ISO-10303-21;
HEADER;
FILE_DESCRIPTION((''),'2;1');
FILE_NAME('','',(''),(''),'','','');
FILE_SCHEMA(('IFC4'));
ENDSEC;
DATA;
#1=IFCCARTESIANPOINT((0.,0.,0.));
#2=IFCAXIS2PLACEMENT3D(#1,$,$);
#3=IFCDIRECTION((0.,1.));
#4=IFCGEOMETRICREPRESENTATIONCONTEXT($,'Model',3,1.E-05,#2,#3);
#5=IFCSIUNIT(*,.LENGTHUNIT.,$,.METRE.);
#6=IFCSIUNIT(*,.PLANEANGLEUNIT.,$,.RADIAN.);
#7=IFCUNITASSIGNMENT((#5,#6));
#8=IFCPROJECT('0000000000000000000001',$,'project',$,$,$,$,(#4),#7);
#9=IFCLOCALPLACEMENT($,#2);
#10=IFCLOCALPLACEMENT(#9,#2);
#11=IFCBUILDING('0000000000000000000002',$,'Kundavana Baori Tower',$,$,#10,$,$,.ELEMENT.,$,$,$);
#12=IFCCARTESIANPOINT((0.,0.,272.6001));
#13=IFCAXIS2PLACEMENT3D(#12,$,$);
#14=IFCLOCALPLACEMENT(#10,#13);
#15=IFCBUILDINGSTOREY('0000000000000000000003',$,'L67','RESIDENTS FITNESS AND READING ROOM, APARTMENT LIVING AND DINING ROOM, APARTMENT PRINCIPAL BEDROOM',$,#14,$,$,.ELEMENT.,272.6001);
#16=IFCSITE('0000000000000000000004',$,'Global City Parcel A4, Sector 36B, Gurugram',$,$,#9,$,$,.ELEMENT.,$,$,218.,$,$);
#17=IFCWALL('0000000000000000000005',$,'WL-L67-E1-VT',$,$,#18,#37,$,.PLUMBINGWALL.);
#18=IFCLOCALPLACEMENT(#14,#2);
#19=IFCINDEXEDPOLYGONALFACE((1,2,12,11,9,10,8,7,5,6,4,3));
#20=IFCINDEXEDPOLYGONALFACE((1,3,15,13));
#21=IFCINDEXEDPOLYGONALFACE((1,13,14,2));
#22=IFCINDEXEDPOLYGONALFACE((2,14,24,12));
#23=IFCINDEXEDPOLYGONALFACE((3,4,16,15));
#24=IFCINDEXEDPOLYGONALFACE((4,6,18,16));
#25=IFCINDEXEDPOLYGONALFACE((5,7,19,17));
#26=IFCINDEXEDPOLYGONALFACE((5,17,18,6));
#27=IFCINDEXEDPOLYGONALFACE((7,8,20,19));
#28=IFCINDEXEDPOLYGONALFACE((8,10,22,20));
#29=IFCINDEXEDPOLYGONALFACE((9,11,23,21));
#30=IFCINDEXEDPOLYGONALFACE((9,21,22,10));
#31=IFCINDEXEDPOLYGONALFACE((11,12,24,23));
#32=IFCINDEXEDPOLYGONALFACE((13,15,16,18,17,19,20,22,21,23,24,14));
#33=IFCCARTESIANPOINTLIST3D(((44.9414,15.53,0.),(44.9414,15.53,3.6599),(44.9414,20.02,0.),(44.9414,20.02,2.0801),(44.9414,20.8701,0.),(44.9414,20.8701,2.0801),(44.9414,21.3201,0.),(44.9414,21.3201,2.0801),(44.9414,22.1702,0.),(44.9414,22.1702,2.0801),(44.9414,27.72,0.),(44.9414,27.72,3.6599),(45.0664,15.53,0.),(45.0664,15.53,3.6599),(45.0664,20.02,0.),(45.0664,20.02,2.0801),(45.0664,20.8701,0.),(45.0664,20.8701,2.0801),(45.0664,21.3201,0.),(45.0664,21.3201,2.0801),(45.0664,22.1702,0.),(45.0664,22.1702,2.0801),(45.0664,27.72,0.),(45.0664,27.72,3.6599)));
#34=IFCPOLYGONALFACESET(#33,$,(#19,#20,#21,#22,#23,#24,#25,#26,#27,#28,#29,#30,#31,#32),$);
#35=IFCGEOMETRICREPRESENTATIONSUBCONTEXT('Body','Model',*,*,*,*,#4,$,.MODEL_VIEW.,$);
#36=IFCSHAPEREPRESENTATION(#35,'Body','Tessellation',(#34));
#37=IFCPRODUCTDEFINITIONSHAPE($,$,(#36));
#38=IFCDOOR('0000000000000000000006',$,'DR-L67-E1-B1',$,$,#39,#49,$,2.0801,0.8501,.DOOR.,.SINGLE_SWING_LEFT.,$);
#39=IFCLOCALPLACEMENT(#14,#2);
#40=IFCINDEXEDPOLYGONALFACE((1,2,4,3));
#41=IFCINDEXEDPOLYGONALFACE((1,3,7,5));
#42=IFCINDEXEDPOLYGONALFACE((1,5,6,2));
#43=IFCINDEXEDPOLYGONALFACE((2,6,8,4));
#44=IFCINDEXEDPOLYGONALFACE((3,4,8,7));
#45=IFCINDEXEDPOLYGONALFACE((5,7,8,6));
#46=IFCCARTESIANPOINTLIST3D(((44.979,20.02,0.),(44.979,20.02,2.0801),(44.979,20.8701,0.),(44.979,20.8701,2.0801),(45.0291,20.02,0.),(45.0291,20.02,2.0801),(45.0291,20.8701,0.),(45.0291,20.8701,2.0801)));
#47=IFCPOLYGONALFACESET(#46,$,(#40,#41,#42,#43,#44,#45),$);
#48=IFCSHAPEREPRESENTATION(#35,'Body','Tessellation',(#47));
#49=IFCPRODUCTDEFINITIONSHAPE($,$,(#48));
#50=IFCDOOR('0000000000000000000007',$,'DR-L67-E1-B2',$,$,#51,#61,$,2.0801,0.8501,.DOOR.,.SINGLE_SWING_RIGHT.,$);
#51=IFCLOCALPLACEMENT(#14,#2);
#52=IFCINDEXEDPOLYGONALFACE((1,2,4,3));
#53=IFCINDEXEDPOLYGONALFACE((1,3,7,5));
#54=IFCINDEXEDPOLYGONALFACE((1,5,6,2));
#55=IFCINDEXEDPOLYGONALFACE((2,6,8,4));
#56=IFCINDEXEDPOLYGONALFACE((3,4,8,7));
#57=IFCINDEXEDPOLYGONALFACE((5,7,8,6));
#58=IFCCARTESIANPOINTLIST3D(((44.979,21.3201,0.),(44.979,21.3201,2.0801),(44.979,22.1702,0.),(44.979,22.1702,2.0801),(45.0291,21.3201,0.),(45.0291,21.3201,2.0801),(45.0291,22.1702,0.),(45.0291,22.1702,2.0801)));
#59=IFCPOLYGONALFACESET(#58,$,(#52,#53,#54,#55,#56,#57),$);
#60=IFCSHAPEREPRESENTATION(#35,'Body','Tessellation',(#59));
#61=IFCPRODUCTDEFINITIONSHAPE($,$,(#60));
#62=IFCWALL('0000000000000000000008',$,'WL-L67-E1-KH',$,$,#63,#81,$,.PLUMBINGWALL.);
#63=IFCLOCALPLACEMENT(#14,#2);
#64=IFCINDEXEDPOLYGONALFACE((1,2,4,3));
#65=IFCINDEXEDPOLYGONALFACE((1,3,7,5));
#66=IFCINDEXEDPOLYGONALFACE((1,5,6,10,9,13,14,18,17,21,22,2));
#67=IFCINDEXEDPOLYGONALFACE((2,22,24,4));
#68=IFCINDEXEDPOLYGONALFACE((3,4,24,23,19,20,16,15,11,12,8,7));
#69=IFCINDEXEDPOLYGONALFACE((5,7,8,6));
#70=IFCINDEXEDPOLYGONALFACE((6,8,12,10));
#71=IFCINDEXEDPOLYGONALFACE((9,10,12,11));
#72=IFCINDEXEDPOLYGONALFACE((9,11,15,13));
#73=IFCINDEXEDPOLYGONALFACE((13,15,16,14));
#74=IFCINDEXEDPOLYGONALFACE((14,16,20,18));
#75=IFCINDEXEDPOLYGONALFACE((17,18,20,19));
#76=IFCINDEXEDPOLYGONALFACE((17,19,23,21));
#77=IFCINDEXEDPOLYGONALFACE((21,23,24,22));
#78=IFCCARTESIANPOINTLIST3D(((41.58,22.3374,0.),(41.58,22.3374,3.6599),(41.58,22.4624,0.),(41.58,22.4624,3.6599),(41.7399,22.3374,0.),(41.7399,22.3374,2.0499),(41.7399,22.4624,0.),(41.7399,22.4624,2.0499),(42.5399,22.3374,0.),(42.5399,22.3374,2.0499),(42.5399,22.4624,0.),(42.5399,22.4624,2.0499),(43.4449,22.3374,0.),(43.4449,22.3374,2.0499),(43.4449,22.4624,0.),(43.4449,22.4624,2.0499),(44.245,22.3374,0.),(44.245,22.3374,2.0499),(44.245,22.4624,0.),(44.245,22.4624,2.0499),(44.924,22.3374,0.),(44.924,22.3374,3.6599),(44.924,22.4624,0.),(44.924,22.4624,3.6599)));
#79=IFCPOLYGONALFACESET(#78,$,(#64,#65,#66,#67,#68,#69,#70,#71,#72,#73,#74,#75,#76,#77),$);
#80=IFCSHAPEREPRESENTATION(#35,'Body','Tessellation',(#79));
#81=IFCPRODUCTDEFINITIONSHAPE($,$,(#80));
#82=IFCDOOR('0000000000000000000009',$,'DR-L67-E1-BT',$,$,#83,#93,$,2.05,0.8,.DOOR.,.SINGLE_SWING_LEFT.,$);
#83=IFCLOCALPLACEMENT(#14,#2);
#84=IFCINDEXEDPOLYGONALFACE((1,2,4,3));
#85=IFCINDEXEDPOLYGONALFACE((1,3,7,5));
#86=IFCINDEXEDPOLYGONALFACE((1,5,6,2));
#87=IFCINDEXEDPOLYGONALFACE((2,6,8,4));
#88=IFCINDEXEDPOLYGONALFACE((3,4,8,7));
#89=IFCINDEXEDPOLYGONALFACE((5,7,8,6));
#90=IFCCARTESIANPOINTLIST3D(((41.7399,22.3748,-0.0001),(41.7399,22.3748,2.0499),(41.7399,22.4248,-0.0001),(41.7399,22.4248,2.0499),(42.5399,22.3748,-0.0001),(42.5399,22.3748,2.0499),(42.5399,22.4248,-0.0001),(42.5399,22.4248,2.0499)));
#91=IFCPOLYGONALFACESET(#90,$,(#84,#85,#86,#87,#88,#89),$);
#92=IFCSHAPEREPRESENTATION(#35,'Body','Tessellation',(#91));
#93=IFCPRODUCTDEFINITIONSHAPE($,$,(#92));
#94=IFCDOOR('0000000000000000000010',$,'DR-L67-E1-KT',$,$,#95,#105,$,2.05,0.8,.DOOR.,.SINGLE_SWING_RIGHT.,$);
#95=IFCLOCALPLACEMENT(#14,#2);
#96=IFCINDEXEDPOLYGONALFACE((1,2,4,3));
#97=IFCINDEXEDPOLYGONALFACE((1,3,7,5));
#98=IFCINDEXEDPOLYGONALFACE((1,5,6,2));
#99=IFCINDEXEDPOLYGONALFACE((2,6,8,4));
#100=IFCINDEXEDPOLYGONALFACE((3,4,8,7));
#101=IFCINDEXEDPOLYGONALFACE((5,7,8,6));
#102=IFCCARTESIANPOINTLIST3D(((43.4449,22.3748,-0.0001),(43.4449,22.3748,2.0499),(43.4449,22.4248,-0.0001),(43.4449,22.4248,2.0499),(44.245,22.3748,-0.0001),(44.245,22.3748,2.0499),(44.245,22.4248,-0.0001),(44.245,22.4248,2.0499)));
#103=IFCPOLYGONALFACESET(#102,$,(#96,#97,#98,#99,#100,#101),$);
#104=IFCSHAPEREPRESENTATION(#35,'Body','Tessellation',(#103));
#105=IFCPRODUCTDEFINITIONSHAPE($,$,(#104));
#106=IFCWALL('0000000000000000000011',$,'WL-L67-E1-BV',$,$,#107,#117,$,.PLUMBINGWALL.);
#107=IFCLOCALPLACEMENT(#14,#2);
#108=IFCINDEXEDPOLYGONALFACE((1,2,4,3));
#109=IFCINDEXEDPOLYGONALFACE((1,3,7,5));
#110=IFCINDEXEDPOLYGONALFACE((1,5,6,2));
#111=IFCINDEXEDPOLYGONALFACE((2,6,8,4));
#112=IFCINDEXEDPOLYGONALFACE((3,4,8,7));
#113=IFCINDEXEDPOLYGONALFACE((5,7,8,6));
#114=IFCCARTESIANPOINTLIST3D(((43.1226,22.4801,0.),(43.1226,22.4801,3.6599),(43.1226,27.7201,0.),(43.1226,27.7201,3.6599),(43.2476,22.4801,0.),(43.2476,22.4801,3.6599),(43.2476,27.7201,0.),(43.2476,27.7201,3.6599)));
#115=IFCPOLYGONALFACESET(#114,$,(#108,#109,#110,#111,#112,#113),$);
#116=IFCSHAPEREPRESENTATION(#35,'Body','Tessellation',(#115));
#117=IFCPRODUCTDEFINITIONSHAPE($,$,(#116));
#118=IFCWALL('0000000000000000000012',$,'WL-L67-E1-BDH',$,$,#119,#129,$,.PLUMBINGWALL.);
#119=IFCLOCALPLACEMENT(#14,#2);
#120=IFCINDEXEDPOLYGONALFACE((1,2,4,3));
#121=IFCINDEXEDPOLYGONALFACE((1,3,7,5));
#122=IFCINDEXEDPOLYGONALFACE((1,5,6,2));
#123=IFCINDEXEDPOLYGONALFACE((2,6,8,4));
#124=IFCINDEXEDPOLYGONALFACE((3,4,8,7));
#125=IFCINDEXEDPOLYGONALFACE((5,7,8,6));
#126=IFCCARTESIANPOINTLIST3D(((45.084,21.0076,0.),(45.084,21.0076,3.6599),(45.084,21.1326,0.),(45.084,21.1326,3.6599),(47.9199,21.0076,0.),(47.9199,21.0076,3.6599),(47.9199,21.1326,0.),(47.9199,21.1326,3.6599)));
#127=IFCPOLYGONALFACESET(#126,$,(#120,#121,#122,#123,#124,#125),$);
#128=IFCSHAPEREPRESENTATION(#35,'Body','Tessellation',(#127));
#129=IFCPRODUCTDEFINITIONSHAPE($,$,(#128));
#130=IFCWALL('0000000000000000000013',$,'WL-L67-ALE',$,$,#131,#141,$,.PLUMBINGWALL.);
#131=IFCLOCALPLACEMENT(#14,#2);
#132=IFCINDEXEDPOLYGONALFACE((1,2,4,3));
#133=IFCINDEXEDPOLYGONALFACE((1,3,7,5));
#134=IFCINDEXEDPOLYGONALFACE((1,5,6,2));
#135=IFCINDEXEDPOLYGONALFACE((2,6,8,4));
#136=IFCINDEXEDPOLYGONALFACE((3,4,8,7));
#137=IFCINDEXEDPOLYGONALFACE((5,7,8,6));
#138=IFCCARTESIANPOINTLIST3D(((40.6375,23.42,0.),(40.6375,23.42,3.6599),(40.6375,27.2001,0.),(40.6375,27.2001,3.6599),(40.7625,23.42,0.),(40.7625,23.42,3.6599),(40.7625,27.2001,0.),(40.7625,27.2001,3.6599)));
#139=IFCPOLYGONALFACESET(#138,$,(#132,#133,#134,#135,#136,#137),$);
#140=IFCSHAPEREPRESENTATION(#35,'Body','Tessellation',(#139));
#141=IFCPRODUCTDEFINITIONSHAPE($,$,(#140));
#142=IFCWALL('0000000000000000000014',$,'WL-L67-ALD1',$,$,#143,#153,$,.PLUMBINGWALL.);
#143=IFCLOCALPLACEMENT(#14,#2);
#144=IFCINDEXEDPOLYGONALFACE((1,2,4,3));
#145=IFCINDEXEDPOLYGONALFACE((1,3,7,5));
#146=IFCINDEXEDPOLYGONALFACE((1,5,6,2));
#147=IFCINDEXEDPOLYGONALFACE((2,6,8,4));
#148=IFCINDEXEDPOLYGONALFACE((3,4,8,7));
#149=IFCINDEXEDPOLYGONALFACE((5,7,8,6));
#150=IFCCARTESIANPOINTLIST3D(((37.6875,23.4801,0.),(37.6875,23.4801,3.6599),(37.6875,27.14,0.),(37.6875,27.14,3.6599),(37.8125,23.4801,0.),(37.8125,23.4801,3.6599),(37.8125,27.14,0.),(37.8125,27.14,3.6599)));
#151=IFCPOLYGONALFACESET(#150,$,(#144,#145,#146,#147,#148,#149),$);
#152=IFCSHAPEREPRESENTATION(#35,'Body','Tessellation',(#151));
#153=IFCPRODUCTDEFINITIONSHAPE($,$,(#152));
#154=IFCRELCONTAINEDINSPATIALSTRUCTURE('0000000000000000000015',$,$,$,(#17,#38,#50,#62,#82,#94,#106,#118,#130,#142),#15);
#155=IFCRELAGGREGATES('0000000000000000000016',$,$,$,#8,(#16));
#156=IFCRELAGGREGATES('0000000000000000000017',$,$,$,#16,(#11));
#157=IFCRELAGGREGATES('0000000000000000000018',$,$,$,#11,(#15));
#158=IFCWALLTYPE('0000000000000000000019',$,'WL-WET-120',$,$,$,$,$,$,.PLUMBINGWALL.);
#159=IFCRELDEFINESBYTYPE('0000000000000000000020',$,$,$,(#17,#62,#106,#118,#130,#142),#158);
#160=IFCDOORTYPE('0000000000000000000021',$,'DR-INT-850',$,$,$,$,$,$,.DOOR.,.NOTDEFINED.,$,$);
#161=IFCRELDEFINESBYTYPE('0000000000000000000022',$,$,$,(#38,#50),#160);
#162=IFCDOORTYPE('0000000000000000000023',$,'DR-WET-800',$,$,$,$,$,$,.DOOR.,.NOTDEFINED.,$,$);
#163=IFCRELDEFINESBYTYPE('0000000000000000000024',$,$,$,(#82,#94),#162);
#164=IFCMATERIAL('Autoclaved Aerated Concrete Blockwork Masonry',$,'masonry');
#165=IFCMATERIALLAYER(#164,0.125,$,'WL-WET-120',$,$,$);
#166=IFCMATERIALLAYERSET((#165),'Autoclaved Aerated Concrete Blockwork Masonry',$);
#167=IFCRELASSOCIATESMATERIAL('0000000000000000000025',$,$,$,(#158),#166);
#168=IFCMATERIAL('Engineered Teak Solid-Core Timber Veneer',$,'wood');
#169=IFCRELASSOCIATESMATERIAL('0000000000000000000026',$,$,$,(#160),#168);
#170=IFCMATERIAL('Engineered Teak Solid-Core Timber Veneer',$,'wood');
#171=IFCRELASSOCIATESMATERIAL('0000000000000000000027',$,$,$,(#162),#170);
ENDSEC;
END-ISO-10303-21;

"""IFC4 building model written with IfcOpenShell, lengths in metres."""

from ifc_helpers import new_model, si_unit, direction, frame, frame_2d, origin, place, context, subcontext, project, spatial, rectangle, extrude, material, layer, layer_set, type_object, element, fill, save


model = new_model("IFC4")

# Units and contexts
model_context = context("Model", 3, precision=1e-05, world=origin(), true_north=direction((0.0, 1.0)))
body_context = subcontext(model_context, "Body", "Model", "MODEL_VIEW")
ifc_project = project(units=[si_unit("LENGTHUNIT", "METRE"), si_unit("PLANEANGLEUNIT", "RADIAN")], contexts=[model_context])

# Site, building, storey
site_placement = place(None, origin())
site = spatial("IfcSite", under=ifc_project, at=site_placement, Name="Global City Parcel A4, Sector 36B, Gurugram", CompositionType="ELEMENT", RefElevation=218.0)
building_placement = place(site_placement, origin())
building = spatial("IfcBuilding", under=site, at=building_placement, Name="Kundavana Baori Tower", CompositionType="ELEMENT")
storey_placement = place(building_placement, frame((0.0, 0.0, 272.6001)))
storey = spatial("IfcBuildingStorey", under=building, at=storey_placement, Name="L67", Description="RESIDENTS FITNESS AND READING ROOM, APARTMENT LIVING AND DINING ROOM, APARTMENT PRINCIPAL BEDROOM", CompositionType="ELEMENT", Elevation=272.6001)

# Shared definitions
ifc_material_1 = material(Name="Autoclaved Aerated Concrete Blockwork Masonry", Category="masonry")
ifc_layer = layer(ifc_material_1, 0.125, Name="WL-WET-120")
ifc_layer_set = layer_set([ifc_layer], Name="Autoclaved Aerated Concrete Blockwork Masonry")
wall_type = type_object("IfcWallType", Name="WL-WET-120", PredefinedType="PLUMBINGWALL", material=ifc_layer_set)
ifc_material_2 = material(Name="Engineered Teak Solid-Core Timber Veneer", Category="wood")
door_type_1 = type_object("IfcDoorType", Name="DR-INT-850", OperationType="NOTDEFINED", PredefinedType="DOOR", material=ifc_material_2)
ifc_material_3 = material(Name="Engineered Teak Solid-Core Timber Veneer", Category="wood")
door_type_2 = type_object("IfcDoorType", Name="DR-WET-800", OperationType="NOTDEFINED", PredefinedType="DOOR", material=ifc_material_3)

# Walls, openings, doors
wall_1_placement = place(storey_placement, frame((45.0039, 15.53, 0.0), z_axis=(0.0, 0.0, 1.0), x_axis=(0.0, 1.0, 0.0)))
wall_1 = element("IfcWall", 1, at=wall_1_placement, inside=storey, type_object=wall_type, Name="WL-L67-E1-VT", PredefinedType="PLUMBINGWALL", context=body_context, shape_type="SweptSolid", body=[
    extrude(rectangle(XDim=12.1899, YDim=0.125, at=frame_2d((6.095, 0.0))), origin(), (0.0, 0.0, 1.0), 3.6599),
])
opening_1_placement = place(wall_1_placement, frame((4.49, 0.0, 0.0)))
opening_1 = element("IfcOpeningElement", 2, at=opening_1_placement, cuts=wall_1, PredefinedType="OPENING", context=body_context, shape_type="SweptSolid", body=[
    extrude(rectangle(XDim=0.8501, YDim=2.0801, at=frame_2d((0.425, 1.04))), frame((0.0, 0.0725, 0.0), z_axis=(0.0, -1.0, 0.0), x_axis=(1.0, 0.0, 0.0)), (0.0, 0.0, 1.0), 0.145),
])
opening_2_placement = place(wall_1_placement, frame((5.79, 0.0, 0.0)))
opening_2 = element("IfcOpeningElement", 3, at=opening_2_placement, cuts=wall_1, PredefinedType="OPENING", context=body_context, shape_type="SweptSolid", body=[
    extrude(rectangle(XDim=0.8501, YDim=2.0801, at=frame_2d((0.425, 1.04))), frame((0.0, 0.0725, 0.0), z_axis=(0.0, -1.0, 0.0), x_axis=(1.0, 0.0, 0.0)), (0.0, 0.0, 1.0), 0.145),
])
door_1_placement = place(opening_1_placement, origin())
door_1 = element("IfcDoor", 4, at=door_1_placement, inside=storey, type_object=door_type_1, Name="DR-L67-E1-B1", OperationType="SINGLE_SWING_LEFT", OverallHeight=2.0801, OverallWidth=0.8501, PredefinedType="DOOR", context=body_context, shape_type="SweptSolid", body=[
    extrude(rectangle(XDim=0.8501, YDim=2.0801, at=frame_2d((0.425, 1.04))), frame((0.0, 0.0249, 0.0), z_axis=(0.0, -1.0, 0.0), x_axis=(1.0, 0.0, 0.0)), (0.0, 0.0, 1.0), 0.05),
])
fill(opening_1, door_1)
door_2_placement = place(opening_2_placement, origin())
door_2 = element("IfcDoor", 5, at=door_2_placement, inside=storey, type_object=door_type_1, Name="DR-L67-E1-B2", OperationType="SINGLE_SWING_RIGHT", OverallHeight=2.0801, OverallWidth=0.8501, PredefinedType="DOOR", context=body_context, shape_type="SweptSolid", body=[
    extrude(rectangle(XDim=0.8501, YDim=2.0801, at=frame_2d((0.425, 1.04))), frame((0.0, 0.0249, 0.0), z_axis=(0.0, -1.0, 0.0), x_axis=(1.0, 0.0, 0.0)), (0.0, 0.0, 1.0), 0.05),
])
fill(opening_2, door_2)
wall_2_placement = place(storey_placement, frame((41.5801, 22.3999, 0.0), z_axis=(0.0, 0.0, 1.0), x_axis=(1.0, 0.0, 0.0)))
wall_2 = element("IfcWall", 6, at=wall_2_placement, inside=storey, type_object=wall_type, Name="WL-L67-E1-KH", PredefinedType="PLUMBINGWALL", context=body_context, shape_type="SweptSolid", body=[
    extrude(rectangle(XDim=3.344, YDim=0.125, at=frame_2d((1.6719, 0.0))), origin(), (0.0, 0.0, 1.0), 3.6599),
])
opening_3_placement = place(wall_2_placement, frame((0.1599, 0.0, 0.0)))
opening_3 = element("IfcOpeningElement", 7, at=opening_3_placement, cuts=wall_2, PredefinedType="OPENING", context=body_context, shape_type="SweptSolid", body=[
    extrude(rectangle(XDim=0.8, YDim=2.05, at=frame_2d((0.3999, 1.0249))), frame((0.0, 0.0725, 0.0), z_axis=(0.0, -1.0, 0.0), x_axis=(1.0, 0.0, 0.0)), (0.0, 0.0, 1.0), 0.145),
])
opening_4_placement = place(wall_2_placement, frame((1.865, 0.0, 0.0)))
opening_4 = element("IfcOpeningElement", 8, at=opening_4_placement, cuts=wall_2, PredefinedType="OPENING", context=body_context, shape_type="SweptSolid", body=[
    extrude(rectangle(XDim=0.8, YDim=2.05, at=frame_2d((0.3999, 1.0249))), frame((0.0, 0.0725, 0.0), z_axis=(0.0, -1.0, 0.0), x_axis=(1.0, 0.0, 0.0)), (0.0, 0.0, 1.0), 0.145),
])
door_3_placement = place(opening_3_placement, origin())
door_3 = element("IfcDoor", 9, at=door_3_placement, inside=storey, type_object=door_type_2, Name="DR-L67-E1-BT", OperationType="SINGLE_SWING_LEFT", OverallHeight=2.05, OverallWidth=0.8, PredefinedType="DOOR", context=body_context, shape_type="SweptSolid", body=[
    extrude(rectangle(XDim=0.8, YDim=2.05, at=frame_2d((0.3999, 1.0249))), frame((0.0, 0.0249, 0.0), z_axis=(0.0, -1.0, 0.0), x_axis=(1.0, 0.0, 0.0)), (0.0, 0.0, 1.0), 0.05),
])
fill(opening_3, door_3)
door_4_placement = place(opening_4_placement, origin())
door_4 = element("IfcDoor", 10, at=door_4_placement, inside=storey, type_object=door_type_2, Name="DR-L67-E1-KT", OperationType="SINGLE_SWING_RIGHT", OverallHeight=2.05, OverallWidth=0.8, PredefinedType="DOOR", context=body_context, shape_type="SweptSolid", body=[
    extrude(rectangle(XDim=0.8, YDim=2.05, at=frame_2d((0.3999, 1.0249))), frame((0.0, 0.0249, 0.0), z_axis=(0.0, -1.0, 0.0), x_axis=(1.0, 0.0, 0.0)), (0.0, 0.0, 1.0), 0.05),
])
fill(opening_4, door_4)

# Walls
wall_3_placement = place(storey_placement, frame((43.1851, 22.48, 0.0), z_axis=(0.0, 0.0, 1.0), x_axis=(0.0, 1.0, 0.0)))
element("IfcWall", 11, at=wall_3_placement, inside=storey, type_object=wall_type, Name="WL-L67-E1-BV", PredefinedType="PLUMBINGWALL", context=body_context, shape_type="SweptSolid", body=[
    extrude(rectangle(XDim=5.24, YDim=0.125, at=frame_2d((2.6201, 0.0))), origin(), (0.0, 0.0, 1.0), 3.6599),
])
wall_4_placement = place(storey_placement, frame((45.084, 21.0701, 0.0), z_axis=(0.0, 0.0, 1.0), x_axis=(1.0, 0.0, 0.0)))
element("IfcWall", 12, at=wall_4_placement, inside=storey, type_object=wall_type, Name="WL-L67-E1-BDH", PredefinedType="PLUMBINGWALL", context=body_context, shape_type="SweptSolid", body=[
    extrude(rectangle(XDim=2.8359, YDim=0.125, at=frame_2d((1.418, 0.0))), origin(), (0.0, 0.0, 1.0), 3.6599),
])
wall_5_placement = place(storey_placement, frame((40.7, 23.4199, 0.0), z_axis=(0.0, 0.0, 1.0), x_axis=(0.0, 1.0, 0.0)))
element("IfcWall", 13, at=wall_5_placement, inside=storey, type_object=wall_type, Name="WL-L67-ALE", PredefinedType="PLUMBINGWALL", context=body_context, shape_type="SweptSolid", body=[
    extrude(rectangle(XDim=3.78, YDim=0.125, at=frame_2d((1.8901, 0.0))), origin(), (0.0, 0.0, 1.0), 3.6599),
])
wall_6_placement = place(storey_placement, frame((37.75, 23.48, 0.0), z_axis=(0.0, 0.0, 1.0), x_axis=(0.0, 1.0, 0.0)))
element("IfcWall", 14, at=wall_6_placement, inside=storey, type_object=wall_type, Name="WL-L67-ALD1", PredefinedType="PLUMBINGWALL", context=body_context, shape_type="SweptSolid", body=[
    extrude(rectangle(XDim=3.6599, YDim=0.125, at=frame_2d((1.8301, 0.0))), origin(), (0.0, 0.0, 1.0), 3.6599),
])

save(model, "model.ifc")
